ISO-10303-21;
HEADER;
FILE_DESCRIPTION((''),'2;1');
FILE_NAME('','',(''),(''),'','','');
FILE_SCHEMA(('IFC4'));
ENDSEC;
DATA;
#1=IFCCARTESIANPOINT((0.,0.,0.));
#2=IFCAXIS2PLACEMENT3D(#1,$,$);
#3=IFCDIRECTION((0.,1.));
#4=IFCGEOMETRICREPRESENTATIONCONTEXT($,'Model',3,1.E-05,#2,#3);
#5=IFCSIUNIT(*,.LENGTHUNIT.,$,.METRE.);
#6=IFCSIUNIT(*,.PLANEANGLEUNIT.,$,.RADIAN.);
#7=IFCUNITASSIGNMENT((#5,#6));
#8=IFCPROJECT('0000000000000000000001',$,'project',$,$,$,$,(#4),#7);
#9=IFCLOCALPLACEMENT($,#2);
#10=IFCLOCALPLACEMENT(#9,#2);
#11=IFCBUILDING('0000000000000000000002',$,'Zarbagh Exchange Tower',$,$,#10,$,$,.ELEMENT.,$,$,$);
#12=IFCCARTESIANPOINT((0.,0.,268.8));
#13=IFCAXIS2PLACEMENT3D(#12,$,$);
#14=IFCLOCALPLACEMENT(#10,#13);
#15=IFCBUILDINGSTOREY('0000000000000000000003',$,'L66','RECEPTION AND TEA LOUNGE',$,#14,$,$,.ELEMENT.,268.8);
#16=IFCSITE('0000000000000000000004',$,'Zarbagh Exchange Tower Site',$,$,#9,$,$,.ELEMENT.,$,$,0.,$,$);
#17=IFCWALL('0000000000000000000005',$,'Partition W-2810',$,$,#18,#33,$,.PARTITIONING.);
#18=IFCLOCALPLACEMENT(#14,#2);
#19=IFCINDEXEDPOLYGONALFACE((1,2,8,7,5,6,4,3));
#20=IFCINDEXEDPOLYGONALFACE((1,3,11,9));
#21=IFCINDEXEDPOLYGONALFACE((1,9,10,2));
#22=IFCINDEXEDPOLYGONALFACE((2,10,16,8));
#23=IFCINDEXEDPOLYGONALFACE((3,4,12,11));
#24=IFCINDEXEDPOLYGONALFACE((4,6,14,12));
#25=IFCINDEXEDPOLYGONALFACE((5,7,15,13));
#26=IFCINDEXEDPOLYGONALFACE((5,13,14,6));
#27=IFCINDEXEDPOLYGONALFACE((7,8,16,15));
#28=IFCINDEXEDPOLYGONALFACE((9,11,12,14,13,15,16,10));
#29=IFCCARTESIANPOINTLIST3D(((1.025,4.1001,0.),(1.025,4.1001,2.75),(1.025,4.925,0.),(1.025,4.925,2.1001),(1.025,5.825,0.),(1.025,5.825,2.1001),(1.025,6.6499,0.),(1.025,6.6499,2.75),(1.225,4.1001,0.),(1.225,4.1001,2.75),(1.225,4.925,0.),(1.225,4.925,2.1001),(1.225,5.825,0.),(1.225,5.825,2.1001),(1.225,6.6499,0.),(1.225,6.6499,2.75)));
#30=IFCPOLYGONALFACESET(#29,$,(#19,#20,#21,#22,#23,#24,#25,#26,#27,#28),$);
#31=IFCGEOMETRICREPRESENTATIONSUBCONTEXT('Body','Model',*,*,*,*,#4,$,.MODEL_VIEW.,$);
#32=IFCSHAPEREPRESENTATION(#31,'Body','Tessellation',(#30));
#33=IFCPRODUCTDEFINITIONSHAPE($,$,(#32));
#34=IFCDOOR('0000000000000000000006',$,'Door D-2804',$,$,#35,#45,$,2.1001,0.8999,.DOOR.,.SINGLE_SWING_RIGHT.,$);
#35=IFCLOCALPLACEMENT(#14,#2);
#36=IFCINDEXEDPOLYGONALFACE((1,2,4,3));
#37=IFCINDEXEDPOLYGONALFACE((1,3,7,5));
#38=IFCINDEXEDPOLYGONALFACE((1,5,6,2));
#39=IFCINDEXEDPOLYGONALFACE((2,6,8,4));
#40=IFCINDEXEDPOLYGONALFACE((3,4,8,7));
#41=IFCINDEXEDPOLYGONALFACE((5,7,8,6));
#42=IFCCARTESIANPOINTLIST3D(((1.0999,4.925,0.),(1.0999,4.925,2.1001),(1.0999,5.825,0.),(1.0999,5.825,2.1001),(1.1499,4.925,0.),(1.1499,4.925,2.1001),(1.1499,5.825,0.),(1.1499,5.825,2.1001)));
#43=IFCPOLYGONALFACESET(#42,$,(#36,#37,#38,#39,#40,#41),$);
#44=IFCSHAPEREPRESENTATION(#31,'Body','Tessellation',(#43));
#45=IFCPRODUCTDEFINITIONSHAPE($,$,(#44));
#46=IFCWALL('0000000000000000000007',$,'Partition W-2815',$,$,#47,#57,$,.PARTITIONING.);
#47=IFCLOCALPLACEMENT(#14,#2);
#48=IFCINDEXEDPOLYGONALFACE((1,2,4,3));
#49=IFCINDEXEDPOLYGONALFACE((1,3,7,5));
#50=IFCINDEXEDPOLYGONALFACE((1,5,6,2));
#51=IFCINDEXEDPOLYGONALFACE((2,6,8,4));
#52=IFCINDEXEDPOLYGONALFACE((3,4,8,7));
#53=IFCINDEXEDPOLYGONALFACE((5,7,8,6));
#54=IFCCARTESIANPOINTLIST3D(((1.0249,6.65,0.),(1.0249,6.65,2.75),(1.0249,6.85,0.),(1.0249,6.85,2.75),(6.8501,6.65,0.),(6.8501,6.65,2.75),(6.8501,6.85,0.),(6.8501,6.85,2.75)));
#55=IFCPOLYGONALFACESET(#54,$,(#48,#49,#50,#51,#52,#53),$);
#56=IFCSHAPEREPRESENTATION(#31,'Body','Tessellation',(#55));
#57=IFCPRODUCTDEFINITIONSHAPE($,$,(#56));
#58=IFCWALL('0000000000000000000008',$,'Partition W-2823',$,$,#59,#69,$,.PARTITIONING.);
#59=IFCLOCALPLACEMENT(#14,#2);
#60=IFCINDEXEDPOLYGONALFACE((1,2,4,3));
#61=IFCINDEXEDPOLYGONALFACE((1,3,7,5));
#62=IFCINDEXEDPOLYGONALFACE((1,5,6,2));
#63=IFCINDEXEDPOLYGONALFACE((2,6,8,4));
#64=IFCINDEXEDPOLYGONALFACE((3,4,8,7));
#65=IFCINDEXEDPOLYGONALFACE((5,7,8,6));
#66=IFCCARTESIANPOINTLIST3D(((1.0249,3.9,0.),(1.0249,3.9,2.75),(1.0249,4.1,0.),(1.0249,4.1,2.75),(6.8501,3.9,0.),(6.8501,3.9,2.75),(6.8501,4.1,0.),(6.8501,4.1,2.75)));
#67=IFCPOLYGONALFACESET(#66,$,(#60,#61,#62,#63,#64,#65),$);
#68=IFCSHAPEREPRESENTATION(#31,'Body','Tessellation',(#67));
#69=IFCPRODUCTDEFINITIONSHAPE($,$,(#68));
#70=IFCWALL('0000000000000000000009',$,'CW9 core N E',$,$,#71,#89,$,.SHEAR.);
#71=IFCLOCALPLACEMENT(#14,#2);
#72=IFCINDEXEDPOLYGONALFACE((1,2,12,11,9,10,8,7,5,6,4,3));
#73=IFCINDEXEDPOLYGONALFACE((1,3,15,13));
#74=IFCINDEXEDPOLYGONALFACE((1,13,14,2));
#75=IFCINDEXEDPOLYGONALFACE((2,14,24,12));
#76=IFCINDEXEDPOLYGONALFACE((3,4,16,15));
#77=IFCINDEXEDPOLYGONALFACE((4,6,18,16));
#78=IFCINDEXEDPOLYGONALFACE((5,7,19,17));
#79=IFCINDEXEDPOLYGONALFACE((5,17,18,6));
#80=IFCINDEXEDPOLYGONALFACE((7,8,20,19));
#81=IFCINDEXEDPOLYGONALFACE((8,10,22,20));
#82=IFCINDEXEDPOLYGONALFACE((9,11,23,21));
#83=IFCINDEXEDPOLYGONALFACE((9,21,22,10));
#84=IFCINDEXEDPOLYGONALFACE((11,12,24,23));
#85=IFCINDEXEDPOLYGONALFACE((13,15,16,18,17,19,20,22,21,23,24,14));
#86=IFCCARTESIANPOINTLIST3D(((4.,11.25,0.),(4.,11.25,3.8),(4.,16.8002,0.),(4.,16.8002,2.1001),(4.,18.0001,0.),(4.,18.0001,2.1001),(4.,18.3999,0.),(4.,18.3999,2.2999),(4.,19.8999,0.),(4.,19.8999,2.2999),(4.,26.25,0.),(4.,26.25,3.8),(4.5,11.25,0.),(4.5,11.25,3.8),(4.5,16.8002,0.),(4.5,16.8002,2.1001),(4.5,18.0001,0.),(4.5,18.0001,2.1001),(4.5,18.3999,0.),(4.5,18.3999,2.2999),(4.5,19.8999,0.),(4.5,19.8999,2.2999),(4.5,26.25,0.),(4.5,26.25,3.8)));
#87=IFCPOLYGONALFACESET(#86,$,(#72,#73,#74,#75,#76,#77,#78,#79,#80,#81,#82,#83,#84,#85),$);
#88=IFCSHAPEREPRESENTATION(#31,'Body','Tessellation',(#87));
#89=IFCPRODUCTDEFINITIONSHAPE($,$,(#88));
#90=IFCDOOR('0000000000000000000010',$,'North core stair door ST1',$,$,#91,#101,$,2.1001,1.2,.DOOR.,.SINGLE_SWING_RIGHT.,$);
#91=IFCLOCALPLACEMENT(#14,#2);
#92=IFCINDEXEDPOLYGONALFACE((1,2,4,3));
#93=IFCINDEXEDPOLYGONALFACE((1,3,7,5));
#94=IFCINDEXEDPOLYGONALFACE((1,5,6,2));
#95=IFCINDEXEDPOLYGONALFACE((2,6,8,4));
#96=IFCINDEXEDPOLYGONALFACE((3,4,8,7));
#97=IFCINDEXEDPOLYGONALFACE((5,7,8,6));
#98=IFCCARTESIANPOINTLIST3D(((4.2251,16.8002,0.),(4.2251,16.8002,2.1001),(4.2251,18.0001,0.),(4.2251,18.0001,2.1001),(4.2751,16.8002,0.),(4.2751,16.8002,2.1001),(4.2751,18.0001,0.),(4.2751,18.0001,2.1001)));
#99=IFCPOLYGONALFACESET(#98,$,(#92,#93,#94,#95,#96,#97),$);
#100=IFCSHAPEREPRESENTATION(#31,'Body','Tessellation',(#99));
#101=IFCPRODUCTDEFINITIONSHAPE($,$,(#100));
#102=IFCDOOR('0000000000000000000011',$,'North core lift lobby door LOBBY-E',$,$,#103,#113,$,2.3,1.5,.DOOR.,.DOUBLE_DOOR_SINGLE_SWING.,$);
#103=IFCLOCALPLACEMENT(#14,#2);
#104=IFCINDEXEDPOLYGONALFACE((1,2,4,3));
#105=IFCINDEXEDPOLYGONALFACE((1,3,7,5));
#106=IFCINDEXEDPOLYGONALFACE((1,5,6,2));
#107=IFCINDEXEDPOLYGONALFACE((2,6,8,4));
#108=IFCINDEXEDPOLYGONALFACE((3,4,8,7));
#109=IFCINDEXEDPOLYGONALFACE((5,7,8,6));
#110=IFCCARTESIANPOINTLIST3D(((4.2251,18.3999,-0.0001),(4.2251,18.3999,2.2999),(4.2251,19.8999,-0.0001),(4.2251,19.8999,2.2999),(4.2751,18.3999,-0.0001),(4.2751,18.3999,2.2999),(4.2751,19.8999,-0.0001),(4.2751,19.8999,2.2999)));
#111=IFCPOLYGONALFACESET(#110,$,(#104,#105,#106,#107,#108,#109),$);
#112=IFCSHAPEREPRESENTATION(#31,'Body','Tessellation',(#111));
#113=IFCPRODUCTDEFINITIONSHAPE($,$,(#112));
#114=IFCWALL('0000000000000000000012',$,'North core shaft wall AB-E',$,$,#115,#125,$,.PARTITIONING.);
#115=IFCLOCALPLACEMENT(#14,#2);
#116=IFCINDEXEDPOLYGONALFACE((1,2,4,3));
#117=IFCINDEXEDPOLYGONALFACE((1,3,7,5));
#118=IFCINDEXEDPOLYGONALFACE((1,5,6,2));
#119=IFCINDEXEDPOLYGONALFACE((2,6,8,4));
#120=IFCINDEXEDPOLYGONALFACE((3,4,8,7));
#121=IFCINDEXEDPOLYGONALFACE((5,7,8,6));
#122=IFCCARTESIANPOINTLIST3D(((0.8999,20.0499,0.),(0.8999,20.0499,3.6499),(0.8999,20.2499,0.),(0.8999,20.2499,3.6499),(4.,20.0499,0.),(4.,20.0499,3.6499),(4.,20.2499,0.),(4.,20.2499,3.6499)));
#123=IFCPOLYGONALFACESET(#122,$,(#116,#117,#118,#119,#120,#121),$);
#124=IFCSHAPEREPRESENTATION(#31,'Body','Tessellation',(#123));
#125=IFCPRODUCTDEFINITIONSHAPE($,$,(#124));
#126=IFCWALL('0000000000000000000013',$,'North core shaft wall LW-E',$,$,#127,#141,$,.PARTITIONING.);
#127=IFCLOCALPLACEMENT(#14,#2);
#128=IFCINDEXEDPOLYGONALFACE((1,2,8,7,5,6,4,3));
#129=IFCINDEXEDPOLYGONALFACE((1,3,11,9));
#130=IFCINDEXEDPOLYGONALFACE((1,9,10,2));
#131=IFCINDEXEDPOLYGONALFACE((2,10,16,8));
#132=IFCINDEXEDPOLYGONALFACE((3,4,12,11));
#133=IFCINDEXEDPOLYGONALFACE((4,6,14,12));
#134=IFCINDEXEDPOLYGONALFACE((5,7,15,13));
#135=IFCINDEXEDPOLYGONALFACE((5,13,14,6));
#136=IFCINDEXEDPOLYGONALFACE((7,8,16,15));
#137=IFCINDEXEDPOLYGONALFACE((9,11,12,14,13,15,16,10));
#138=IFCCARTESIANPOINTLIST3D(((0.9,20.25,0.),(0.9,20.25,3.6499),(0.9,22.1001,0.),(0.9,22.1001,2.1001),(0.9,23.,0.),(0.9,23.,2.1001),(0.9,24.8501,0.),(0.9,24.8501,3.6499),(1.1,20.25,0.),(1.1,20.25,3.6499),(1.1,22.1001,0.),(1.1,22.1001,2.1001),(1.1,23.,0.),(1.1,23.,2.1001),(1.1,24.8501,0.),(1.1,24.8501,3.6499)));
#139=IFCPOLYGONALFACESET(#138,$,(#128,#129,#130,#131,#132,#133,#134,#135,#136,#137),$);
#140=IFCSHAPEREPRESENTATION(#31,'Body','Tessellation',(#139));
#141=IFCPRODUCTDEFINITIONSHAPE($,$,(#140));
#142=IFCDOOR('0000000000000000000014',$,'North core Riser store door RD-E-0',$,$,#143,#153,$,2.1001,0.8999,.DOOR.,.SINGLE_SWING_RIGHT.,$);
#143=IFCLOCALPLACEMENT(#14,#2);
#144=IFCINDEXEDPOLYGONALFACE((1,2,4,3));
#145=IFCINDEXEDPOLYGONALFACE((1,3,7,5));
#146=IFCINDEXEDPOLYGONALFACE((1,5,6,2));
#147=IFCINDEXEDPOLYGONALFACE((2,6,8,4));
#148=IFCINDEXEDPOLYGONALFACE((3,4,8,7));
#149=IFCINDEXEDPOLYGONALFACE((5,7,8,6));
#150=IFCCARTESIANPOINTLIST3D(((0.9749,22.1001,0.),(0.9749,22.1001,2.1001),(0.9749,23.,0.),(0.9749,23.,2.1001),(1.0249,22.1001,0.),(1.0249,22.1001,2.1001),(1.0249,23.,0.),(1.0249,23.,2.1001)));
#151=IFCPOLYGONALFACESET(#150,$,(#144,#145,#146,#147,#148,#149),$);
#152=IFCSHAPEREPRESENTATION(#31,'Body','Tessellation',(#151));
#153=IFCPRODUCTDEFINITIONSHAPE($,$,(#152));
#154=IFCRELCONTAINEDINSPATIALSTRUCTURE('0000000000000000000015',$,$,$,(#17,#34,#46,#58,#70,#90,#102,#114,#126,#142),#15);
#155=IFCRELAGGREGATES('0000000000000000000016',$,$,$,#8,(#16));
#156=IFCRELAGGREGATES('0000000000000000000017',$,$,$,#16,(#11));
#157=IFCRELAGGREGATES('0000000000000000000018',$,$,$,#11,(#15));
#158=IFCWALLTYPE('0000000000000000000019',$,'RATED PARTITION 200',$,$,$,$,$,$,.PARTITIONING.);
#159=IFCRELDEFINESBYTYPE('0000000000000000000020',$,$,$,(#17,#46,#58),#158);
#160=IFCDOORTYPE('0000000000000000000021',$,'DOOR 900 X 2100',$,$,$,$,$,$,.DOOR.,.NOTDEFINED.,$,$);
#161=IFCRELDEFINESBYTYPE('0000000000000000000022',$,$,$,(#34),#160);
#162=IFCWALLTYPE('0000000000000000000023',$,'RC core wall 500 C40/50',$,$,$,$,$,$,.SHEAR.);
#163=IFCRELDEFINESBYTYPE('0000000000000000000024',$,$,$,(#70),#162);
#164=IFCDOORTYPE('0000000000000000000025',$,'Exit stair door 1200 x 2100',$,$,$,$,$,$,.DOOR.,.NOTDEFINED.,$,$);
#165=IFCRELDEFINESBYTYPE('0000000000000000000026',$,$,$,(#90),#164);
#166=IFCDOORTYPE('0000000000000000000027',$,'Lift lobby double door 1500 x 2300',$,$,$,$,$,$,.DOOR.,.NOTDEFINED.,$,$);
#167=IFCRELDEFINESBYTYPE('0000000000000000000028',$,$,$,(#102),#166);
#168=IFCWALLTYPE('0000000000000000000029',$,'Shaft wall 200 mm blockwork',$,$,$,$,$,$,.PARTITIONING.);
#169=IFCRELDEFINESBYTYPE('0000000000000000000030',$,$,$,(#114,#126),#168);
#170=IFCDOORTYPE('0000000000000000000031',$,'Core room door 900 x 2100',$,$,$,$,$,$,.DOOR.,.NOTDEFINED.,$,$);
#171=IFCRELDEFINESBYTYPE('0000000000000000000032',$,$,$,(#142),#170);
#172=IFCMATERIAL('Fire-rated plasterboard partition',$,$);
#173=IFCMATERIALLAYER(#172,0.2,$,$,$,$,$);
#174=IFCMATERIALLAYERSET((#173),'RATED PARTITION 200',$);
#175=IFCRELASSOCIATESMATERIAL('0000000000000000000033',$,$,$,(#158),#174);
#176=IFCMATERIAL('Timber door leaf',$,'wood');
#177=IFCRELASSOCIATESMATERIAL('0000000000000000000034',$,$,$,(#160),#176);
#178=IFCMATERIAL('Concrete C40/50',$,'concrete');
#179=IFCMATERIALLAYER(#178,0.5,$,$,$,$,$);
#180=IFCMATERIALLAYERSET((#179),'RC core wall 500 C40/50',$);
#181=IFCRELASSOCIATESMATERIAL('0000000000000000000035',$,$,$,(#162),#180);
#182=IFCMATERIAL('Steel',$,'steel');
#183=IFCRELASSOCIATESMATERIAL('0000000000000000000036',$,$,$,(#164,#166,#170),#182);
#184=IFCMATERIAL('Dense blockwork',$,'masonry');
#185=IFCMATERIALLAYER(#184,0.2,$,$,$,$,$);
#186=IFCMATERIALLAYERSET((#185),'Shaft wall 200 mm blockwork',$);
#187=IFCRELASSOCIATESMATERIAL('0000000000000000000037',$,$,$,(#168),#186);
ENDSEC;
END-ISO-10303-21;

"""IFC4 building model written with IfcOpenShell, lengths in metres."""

from ifc_helpers import new_model, si_unit, direction, frame, frame_2d, origin, place, context, subcontext, project, spatial, rectangle, extrude, material, layer, layer_set, type_object, element, fill, save


model = new_model("IFC4")

# Units and contexts
model_context = context("Model", 3, precision=1e-05, world=origin(), true_north=direction((0.0, 1.0)))
body_context = subcontext(model_context, "Body", "Model", "MODEL_VIEW")
ifc_project = project(units=[si_unit("LENGTHUNIT", "METRE"), si_unit("PLANEANGLEUNIT", "RADIAN")], contexts=[model_context])

# Site, building, storey
site_placement = place(None, origin())
site = spatial("IfcSite", under=ifc_project, at=site_placement, Name="Zarbagh Exchange Tower Site", CompositionType="ELEMENT", RefElevation=0.0)
building_placement = place(site_placement, origin())
building = spatial("IfcBuilding", under=site, at=building_placement, Name="Zarbagh Exchange Tower", CompositionType="ELEMENT")
storey_placement = place(building_placement, frame((0.0, 0.0, 268.8)))
storey = spatial("IfcBuildingStorey", under=building, at=storey_placement, Name="L66", Description="RECEPTION AND TEA LOUNGE", CompositionType="ELEMENT", Elevation=268.8)

# Shared definitions
ifc_material_1 = material(Name="Concrete C40/50", Category="concrete")

# Shared definitions
ifc_material_2 = material(Name="Fire-rated plasterboard partition")
ifc_layer_1 = layer(ifc_material_2, 0.2)
ifc_layer_set_1 = layer_set([ifc_layer_1], Name="RATED PARTITION 200")
wall_type_1 = type_object("IfcWallType", Name="RATED PARTITION 200", PredefinedType="PARTITIONING", material=ifc_layer_set_1)
ifc_material_3 = material(Name="Timber door leaf", Category="wood")
door_type_1 = type_object("IfcDoorType", Name="DOOR 900 X 2100", OperationType="NOTDEFINED", PredefinedType="DOOR", material=ifc_material_3)

# Wall, opening, door
wall_1_placement = place(storey_placement, frame((1.125, 6.6499, 0.0), z_axis=(0.0, 0.0, 1.0), x_axis=(0.0, -1.0, 0.0)))
wall_1 = element("IfcWall", 1, at=wall_1_placement, inside=storey, type_object=wall_type_1, Name="Partition W-2810", PredefinedType="PARTITIONING", context=body_context, shape_type="SweptSolid", body=[
    extrude(rectangle(XDim=2.5498, YDim=0.2, at=frame_2d((1.2749, 0.0))), origin(), (0.0, 0.0, 1.0), 2.75),
])
opening_1_placement = place(wall_1_placement, frame((0.825, 0.0, 0.0)))
opening_1 = element("IfcOpeningElement", 2, at=opening_1_placement, cuts=wall_1, PredefinedType="OPENING", context=body_context, shape_type="SweptSolid", body=[
    extrude(rectangle(XDim=0.8999, YDim=2.1001, at=frame_2d((0.45, 1.05))), frame((0.0, 0.1099, 0.0), z_axis=(0.0, -1.0, 0.0), x_axis=(1.0, 0.0, 0.0)), (0.0, 0.0, 1.0), 0.22),
])
door_1_placement = place(opening_1_placement, origin())
door_1 = element("IfcDoor", 3, at=door_1_placement, inside=storey, type_object=door_type_1, Name="Door D-2804", OperationType="SINGLE_SWING_RIGHT", OverallHeight=2.1001, OverallWidth=0.8999, PredefinedType="DOOR", context=body_context, shape_type="SweptSolid", body=[
    extrude(rectangle(XDim=0.8999, YDim=2.1001, at=frame_2d((0.45, 1.05))), frame((0.0, 0.0249, 0.0), z_axis=(0.0, -1.0, 0.0), x_axis=(1.0, 0.0, 0.0)), (0.0, 0.0, 1.0), 0.05),
])
fill(opening_1, door_1)

# Walls
for number, where, z_axis, x_axis, name in (
    (4, (1.0249, 6.75, 0.0), (0.0, 0.0, 1.0), (1.0, 0.0, 0.0), "Partition W-2815"),
    (5, (1.0249, 4.0, 0.0), (0.0, 0.0, 1.0), (1.0, 0.0, 0.0), "Partition W-2823"),
):
    element("IfcWall", number, at=place(storey_placement, frame(where, z_axis=z_axis, x_axis=x_axis)), inside=storey, type_object=wall_type_1, Name=name, PredefinedType="PARTITIONING", context=body_context, shape_type="SweptSolid", body=[
        extrude(rectangle(XDim=5.8252, YDim=0.2, at=frame_2d((2.9126, 0.0))), origin(), (0.0, 0.0, 1.0), 2.75),
    ])

# Wall, openings, doors
ifc_layer_2 = layer(ifc_material_1, 0.5)
ifc_layer_set_2 = layer_set([ifc_layer_2], Name="RC core wall 500 C40/50")
wall_type_2 = type_object("IfcWallType", Name="RC core wall 500 C40/50", PredefinedType="SHEAR", material=ifc_layer_set_2)
wall_2_placement = place(storey_placement, frame((4.25, 11.25, 0.0), z_axis=(0.0, 0.0, 1.0), x_axis=(0.0, 1.0, 0.0)))
wall_2 = element("IfcWall", 6, at=wall_2_placement, inside=storey, type_object=wall_type_2, Name="CW9 core N E", PredefinedType="SHEAR", context=body_context, shape_type="SweptSolid", body=[
    extrude(rectangle(XDim=15.0, YDim=0.5, at=frame_2d((7.5, 0.0))), origin(), (0.0, 0.0, 1.0), 3.8),
])
opening_2_placement = place(wall_2_placement, frame((7.1499, 0.0, 0.0)))
opening_2 = element("IfcOpeningElement", 7, at=opening_2_placement, cuts=wall_2, PredefinedType="OPENING", context=body_context, shape_type="SweptSolid", body=[
    extrude(rectangle(XDim=1.5, YDim=2.3, at=frame_2d((0.75, 1.1499))), frame((0.0, 0.26, 0.0), z_axis=(0.0, -1.0, 0.0), x_axis=(1.0, 0.0, 0.0)), (0.0, 0.0, 1.0), 0.52),
])
opening_3_placement = place(wall_2_placement, frame((5.55, 0.0, 0.0)))
opening_3 = element("IfcOpeningElement", 8, at=opening_3_placement, cuts=wall_2, PredefinedType="OPENING", context=body_context, shape_type="SweptSolid", body=[
    extrude(rectangle(XDim=1.2, YDim=2.1001, at=frame_2d((0.6001, 1.05))), frame((0.0, 0.26, 0.0), z_axis=(0.0, -1.0, 0.0), x_axis=(1.0, 0.0, 0.0)), (0.0, 0.0, 1.0), 0.52),
])
ifc_material_4 = material(Name="Steel", Category="steel")
door_type_2 = type_object("IfcDoorType", Name="Exit stair door 1200 x 2100", OperationType="NOTDEFINED", PredefinedType="DOOR", material=ifc_material_4)
door_2_placement = place(opening_3_placement, origin())
door_2 = element("IfcDoor", 9, at=door_2_placement, inside=storey, type_object=door_type_2, Name="North core stair door ST1", OperationType="SINGLE_SWING_RIGHT", OverallHeight=2.1001, OverallWidth=1.2, PredefinedType="DOOR", context=body_context, shape_type="SweptSolid", body=[
    extrude(rectangle(XDim=1.2, YDim=2.1001, at=frame_2d((0.6001, 1.05))), frame((0.0, 0.0249, 0.0), z_axis=(0.0, -1.0, 0.0), x_axis=(1.0, 0.0, 0.0)), (0.0, 0.0, 1.0), 0.05),
])
fill(opening_3, door_2)
door_type_3 = type_object("IfcDoorType", Name="Lift lobby double door 1500 x 2300", OperationType="NOTDEFINED", PredefinedType="DOOR", material=ifc_material_4)
door_3_placement = place(opening_2_placement, origin())
door_3 = element("IfcDoor", 10, at=door_3_placement, inside=storey, type_object=door_type_3, Name="North core lift lobby door LOBBY-E", OperationType="DOUBLE_DOOR_SINGLE_SWING", OverallHeight=2.3, OverallWidth=1.5, PredefinedType="DOOR", context=body_context, shape_type="SweptSolid", body=[
    extrude(rectangle(XDim=1.5, YDim=2.3, at=frame_2d((0.75, 1.1499))), frame((0.0, 0.0249, 0.0), z_axis=(0.0, -1.0, 0.0), x_axis=(1.0, 0.0, 0.0)), (0.0, 0.0, 1.0), 0.05),
])
fill(opening_2, door_3)

# Wall
ifc_material_5 = material(Name="Dense blockwork", Category="masonry")
ifc_layer_3 = layer(ifc_material_5, 0.2)
ifc_layer_set_3 = layer_set([ifc_layer_3], Name="Shaft wall 200 mm blockwork")
wall_type_3 = type_object("IfcWallType", Name="Shaft wall 200 mm blockwork", PredefinedType="PARTITIONING", material=ifc_layer_set_3)
wall_3_placement = place(storey_placement, frame((0.8999, 20.1499, 0.0), z_axis=(0.0, 0.0, 1.0), x_axis=(1.0, 0.0, 0.0)))
element("IfcWall", 11, at=wall_3_placement, inside=storey, type_object=wall_type_3, Name="North core shaft wall AB-E", PredefinedType="PARTITIONING", context=body_context, shape_type="SweptSolid", body=[
    extrude(rectangle(XDim=3.1001, YDim=0.2, at=frame_2d((1.55, 0.0))), origin(), (0.0, 0.0, 1.0), 3.6499),
])

# Wall, opening, door
wall_4_placement = place(storey_placement, frame((1.0, 24.8501, 0.0), z_axis=(0.0, 0.0, 1.0), x_axis=(0.0, -1.0, 0.0)))
wall_4 = element("IfcWall", 12, at=wall_4_placement, inside=storey, type_object=wall_type_3, Name="North core shaft wall LW-E", PredefinedType="PARTITIONING", context=body_context, shape_type="SweptSolid", body=[
    extrude(rectangle(XDim=4.6001, YDim=0.2, at=frame_2d((2.3, 0.0))), origin(), (0.0, 0.0, 1.0), 3.6499),
])
opening_4_placement = place(wall_4_placement, frame((1.8501, 0.0, 0.0)))
opening_4 = element("IfcOpeningElement", 13, at=opening_4_placement, cuts=wall_4, PredefinedType="OPENING", context=body_context, shape_type="SweptSolid", body=[
    extrude(rectangle(XDim=0.8999, YDim=2.1001, at=frame_2d((0.45, 1.05))), frame((0.0, 0.1099, 0.0), z_axis=(0.0, -1.0, 0.0), x_axis=(1.0, 0.0, 0.0)), (0.0, 0.0, 1.0), 0.22),
])
door_type_4 = type_object("IfcDoorType", Name="Core room door 900 x 2100", OperationType="NOTDEFINED", PredefinedType="DOOR", material=ifc_material_4)
door_4_placement = place(opening_4_placement, origin())
door_4 = element("IfcDoor", 14, at=door_4_placement, inside=storey, type_object=door_type_4, Name="North core Riser store door RD-E-0", OperationType="SINGLE_SWING_RIGHT", OverallHeight=2.1001, OverallWidth=0.8999, PredefinedType="DOOR", context=body_context, shape_type="SweptSolid", body=[
    extrude(rectangle(XDim=0.8999, YDim=2.1001, at=frame_2d((0.45, 1.05))), frame((0.0, 0.0249, 0.0), z_axis=(0.0, -1.0, 0.0), x_axis=(1.0, 0.0, 0.0)), (0.0, 0.0, 1.0), 0.05),
])
fill(opening_4, door_4)

save(model, "model.ifc")
